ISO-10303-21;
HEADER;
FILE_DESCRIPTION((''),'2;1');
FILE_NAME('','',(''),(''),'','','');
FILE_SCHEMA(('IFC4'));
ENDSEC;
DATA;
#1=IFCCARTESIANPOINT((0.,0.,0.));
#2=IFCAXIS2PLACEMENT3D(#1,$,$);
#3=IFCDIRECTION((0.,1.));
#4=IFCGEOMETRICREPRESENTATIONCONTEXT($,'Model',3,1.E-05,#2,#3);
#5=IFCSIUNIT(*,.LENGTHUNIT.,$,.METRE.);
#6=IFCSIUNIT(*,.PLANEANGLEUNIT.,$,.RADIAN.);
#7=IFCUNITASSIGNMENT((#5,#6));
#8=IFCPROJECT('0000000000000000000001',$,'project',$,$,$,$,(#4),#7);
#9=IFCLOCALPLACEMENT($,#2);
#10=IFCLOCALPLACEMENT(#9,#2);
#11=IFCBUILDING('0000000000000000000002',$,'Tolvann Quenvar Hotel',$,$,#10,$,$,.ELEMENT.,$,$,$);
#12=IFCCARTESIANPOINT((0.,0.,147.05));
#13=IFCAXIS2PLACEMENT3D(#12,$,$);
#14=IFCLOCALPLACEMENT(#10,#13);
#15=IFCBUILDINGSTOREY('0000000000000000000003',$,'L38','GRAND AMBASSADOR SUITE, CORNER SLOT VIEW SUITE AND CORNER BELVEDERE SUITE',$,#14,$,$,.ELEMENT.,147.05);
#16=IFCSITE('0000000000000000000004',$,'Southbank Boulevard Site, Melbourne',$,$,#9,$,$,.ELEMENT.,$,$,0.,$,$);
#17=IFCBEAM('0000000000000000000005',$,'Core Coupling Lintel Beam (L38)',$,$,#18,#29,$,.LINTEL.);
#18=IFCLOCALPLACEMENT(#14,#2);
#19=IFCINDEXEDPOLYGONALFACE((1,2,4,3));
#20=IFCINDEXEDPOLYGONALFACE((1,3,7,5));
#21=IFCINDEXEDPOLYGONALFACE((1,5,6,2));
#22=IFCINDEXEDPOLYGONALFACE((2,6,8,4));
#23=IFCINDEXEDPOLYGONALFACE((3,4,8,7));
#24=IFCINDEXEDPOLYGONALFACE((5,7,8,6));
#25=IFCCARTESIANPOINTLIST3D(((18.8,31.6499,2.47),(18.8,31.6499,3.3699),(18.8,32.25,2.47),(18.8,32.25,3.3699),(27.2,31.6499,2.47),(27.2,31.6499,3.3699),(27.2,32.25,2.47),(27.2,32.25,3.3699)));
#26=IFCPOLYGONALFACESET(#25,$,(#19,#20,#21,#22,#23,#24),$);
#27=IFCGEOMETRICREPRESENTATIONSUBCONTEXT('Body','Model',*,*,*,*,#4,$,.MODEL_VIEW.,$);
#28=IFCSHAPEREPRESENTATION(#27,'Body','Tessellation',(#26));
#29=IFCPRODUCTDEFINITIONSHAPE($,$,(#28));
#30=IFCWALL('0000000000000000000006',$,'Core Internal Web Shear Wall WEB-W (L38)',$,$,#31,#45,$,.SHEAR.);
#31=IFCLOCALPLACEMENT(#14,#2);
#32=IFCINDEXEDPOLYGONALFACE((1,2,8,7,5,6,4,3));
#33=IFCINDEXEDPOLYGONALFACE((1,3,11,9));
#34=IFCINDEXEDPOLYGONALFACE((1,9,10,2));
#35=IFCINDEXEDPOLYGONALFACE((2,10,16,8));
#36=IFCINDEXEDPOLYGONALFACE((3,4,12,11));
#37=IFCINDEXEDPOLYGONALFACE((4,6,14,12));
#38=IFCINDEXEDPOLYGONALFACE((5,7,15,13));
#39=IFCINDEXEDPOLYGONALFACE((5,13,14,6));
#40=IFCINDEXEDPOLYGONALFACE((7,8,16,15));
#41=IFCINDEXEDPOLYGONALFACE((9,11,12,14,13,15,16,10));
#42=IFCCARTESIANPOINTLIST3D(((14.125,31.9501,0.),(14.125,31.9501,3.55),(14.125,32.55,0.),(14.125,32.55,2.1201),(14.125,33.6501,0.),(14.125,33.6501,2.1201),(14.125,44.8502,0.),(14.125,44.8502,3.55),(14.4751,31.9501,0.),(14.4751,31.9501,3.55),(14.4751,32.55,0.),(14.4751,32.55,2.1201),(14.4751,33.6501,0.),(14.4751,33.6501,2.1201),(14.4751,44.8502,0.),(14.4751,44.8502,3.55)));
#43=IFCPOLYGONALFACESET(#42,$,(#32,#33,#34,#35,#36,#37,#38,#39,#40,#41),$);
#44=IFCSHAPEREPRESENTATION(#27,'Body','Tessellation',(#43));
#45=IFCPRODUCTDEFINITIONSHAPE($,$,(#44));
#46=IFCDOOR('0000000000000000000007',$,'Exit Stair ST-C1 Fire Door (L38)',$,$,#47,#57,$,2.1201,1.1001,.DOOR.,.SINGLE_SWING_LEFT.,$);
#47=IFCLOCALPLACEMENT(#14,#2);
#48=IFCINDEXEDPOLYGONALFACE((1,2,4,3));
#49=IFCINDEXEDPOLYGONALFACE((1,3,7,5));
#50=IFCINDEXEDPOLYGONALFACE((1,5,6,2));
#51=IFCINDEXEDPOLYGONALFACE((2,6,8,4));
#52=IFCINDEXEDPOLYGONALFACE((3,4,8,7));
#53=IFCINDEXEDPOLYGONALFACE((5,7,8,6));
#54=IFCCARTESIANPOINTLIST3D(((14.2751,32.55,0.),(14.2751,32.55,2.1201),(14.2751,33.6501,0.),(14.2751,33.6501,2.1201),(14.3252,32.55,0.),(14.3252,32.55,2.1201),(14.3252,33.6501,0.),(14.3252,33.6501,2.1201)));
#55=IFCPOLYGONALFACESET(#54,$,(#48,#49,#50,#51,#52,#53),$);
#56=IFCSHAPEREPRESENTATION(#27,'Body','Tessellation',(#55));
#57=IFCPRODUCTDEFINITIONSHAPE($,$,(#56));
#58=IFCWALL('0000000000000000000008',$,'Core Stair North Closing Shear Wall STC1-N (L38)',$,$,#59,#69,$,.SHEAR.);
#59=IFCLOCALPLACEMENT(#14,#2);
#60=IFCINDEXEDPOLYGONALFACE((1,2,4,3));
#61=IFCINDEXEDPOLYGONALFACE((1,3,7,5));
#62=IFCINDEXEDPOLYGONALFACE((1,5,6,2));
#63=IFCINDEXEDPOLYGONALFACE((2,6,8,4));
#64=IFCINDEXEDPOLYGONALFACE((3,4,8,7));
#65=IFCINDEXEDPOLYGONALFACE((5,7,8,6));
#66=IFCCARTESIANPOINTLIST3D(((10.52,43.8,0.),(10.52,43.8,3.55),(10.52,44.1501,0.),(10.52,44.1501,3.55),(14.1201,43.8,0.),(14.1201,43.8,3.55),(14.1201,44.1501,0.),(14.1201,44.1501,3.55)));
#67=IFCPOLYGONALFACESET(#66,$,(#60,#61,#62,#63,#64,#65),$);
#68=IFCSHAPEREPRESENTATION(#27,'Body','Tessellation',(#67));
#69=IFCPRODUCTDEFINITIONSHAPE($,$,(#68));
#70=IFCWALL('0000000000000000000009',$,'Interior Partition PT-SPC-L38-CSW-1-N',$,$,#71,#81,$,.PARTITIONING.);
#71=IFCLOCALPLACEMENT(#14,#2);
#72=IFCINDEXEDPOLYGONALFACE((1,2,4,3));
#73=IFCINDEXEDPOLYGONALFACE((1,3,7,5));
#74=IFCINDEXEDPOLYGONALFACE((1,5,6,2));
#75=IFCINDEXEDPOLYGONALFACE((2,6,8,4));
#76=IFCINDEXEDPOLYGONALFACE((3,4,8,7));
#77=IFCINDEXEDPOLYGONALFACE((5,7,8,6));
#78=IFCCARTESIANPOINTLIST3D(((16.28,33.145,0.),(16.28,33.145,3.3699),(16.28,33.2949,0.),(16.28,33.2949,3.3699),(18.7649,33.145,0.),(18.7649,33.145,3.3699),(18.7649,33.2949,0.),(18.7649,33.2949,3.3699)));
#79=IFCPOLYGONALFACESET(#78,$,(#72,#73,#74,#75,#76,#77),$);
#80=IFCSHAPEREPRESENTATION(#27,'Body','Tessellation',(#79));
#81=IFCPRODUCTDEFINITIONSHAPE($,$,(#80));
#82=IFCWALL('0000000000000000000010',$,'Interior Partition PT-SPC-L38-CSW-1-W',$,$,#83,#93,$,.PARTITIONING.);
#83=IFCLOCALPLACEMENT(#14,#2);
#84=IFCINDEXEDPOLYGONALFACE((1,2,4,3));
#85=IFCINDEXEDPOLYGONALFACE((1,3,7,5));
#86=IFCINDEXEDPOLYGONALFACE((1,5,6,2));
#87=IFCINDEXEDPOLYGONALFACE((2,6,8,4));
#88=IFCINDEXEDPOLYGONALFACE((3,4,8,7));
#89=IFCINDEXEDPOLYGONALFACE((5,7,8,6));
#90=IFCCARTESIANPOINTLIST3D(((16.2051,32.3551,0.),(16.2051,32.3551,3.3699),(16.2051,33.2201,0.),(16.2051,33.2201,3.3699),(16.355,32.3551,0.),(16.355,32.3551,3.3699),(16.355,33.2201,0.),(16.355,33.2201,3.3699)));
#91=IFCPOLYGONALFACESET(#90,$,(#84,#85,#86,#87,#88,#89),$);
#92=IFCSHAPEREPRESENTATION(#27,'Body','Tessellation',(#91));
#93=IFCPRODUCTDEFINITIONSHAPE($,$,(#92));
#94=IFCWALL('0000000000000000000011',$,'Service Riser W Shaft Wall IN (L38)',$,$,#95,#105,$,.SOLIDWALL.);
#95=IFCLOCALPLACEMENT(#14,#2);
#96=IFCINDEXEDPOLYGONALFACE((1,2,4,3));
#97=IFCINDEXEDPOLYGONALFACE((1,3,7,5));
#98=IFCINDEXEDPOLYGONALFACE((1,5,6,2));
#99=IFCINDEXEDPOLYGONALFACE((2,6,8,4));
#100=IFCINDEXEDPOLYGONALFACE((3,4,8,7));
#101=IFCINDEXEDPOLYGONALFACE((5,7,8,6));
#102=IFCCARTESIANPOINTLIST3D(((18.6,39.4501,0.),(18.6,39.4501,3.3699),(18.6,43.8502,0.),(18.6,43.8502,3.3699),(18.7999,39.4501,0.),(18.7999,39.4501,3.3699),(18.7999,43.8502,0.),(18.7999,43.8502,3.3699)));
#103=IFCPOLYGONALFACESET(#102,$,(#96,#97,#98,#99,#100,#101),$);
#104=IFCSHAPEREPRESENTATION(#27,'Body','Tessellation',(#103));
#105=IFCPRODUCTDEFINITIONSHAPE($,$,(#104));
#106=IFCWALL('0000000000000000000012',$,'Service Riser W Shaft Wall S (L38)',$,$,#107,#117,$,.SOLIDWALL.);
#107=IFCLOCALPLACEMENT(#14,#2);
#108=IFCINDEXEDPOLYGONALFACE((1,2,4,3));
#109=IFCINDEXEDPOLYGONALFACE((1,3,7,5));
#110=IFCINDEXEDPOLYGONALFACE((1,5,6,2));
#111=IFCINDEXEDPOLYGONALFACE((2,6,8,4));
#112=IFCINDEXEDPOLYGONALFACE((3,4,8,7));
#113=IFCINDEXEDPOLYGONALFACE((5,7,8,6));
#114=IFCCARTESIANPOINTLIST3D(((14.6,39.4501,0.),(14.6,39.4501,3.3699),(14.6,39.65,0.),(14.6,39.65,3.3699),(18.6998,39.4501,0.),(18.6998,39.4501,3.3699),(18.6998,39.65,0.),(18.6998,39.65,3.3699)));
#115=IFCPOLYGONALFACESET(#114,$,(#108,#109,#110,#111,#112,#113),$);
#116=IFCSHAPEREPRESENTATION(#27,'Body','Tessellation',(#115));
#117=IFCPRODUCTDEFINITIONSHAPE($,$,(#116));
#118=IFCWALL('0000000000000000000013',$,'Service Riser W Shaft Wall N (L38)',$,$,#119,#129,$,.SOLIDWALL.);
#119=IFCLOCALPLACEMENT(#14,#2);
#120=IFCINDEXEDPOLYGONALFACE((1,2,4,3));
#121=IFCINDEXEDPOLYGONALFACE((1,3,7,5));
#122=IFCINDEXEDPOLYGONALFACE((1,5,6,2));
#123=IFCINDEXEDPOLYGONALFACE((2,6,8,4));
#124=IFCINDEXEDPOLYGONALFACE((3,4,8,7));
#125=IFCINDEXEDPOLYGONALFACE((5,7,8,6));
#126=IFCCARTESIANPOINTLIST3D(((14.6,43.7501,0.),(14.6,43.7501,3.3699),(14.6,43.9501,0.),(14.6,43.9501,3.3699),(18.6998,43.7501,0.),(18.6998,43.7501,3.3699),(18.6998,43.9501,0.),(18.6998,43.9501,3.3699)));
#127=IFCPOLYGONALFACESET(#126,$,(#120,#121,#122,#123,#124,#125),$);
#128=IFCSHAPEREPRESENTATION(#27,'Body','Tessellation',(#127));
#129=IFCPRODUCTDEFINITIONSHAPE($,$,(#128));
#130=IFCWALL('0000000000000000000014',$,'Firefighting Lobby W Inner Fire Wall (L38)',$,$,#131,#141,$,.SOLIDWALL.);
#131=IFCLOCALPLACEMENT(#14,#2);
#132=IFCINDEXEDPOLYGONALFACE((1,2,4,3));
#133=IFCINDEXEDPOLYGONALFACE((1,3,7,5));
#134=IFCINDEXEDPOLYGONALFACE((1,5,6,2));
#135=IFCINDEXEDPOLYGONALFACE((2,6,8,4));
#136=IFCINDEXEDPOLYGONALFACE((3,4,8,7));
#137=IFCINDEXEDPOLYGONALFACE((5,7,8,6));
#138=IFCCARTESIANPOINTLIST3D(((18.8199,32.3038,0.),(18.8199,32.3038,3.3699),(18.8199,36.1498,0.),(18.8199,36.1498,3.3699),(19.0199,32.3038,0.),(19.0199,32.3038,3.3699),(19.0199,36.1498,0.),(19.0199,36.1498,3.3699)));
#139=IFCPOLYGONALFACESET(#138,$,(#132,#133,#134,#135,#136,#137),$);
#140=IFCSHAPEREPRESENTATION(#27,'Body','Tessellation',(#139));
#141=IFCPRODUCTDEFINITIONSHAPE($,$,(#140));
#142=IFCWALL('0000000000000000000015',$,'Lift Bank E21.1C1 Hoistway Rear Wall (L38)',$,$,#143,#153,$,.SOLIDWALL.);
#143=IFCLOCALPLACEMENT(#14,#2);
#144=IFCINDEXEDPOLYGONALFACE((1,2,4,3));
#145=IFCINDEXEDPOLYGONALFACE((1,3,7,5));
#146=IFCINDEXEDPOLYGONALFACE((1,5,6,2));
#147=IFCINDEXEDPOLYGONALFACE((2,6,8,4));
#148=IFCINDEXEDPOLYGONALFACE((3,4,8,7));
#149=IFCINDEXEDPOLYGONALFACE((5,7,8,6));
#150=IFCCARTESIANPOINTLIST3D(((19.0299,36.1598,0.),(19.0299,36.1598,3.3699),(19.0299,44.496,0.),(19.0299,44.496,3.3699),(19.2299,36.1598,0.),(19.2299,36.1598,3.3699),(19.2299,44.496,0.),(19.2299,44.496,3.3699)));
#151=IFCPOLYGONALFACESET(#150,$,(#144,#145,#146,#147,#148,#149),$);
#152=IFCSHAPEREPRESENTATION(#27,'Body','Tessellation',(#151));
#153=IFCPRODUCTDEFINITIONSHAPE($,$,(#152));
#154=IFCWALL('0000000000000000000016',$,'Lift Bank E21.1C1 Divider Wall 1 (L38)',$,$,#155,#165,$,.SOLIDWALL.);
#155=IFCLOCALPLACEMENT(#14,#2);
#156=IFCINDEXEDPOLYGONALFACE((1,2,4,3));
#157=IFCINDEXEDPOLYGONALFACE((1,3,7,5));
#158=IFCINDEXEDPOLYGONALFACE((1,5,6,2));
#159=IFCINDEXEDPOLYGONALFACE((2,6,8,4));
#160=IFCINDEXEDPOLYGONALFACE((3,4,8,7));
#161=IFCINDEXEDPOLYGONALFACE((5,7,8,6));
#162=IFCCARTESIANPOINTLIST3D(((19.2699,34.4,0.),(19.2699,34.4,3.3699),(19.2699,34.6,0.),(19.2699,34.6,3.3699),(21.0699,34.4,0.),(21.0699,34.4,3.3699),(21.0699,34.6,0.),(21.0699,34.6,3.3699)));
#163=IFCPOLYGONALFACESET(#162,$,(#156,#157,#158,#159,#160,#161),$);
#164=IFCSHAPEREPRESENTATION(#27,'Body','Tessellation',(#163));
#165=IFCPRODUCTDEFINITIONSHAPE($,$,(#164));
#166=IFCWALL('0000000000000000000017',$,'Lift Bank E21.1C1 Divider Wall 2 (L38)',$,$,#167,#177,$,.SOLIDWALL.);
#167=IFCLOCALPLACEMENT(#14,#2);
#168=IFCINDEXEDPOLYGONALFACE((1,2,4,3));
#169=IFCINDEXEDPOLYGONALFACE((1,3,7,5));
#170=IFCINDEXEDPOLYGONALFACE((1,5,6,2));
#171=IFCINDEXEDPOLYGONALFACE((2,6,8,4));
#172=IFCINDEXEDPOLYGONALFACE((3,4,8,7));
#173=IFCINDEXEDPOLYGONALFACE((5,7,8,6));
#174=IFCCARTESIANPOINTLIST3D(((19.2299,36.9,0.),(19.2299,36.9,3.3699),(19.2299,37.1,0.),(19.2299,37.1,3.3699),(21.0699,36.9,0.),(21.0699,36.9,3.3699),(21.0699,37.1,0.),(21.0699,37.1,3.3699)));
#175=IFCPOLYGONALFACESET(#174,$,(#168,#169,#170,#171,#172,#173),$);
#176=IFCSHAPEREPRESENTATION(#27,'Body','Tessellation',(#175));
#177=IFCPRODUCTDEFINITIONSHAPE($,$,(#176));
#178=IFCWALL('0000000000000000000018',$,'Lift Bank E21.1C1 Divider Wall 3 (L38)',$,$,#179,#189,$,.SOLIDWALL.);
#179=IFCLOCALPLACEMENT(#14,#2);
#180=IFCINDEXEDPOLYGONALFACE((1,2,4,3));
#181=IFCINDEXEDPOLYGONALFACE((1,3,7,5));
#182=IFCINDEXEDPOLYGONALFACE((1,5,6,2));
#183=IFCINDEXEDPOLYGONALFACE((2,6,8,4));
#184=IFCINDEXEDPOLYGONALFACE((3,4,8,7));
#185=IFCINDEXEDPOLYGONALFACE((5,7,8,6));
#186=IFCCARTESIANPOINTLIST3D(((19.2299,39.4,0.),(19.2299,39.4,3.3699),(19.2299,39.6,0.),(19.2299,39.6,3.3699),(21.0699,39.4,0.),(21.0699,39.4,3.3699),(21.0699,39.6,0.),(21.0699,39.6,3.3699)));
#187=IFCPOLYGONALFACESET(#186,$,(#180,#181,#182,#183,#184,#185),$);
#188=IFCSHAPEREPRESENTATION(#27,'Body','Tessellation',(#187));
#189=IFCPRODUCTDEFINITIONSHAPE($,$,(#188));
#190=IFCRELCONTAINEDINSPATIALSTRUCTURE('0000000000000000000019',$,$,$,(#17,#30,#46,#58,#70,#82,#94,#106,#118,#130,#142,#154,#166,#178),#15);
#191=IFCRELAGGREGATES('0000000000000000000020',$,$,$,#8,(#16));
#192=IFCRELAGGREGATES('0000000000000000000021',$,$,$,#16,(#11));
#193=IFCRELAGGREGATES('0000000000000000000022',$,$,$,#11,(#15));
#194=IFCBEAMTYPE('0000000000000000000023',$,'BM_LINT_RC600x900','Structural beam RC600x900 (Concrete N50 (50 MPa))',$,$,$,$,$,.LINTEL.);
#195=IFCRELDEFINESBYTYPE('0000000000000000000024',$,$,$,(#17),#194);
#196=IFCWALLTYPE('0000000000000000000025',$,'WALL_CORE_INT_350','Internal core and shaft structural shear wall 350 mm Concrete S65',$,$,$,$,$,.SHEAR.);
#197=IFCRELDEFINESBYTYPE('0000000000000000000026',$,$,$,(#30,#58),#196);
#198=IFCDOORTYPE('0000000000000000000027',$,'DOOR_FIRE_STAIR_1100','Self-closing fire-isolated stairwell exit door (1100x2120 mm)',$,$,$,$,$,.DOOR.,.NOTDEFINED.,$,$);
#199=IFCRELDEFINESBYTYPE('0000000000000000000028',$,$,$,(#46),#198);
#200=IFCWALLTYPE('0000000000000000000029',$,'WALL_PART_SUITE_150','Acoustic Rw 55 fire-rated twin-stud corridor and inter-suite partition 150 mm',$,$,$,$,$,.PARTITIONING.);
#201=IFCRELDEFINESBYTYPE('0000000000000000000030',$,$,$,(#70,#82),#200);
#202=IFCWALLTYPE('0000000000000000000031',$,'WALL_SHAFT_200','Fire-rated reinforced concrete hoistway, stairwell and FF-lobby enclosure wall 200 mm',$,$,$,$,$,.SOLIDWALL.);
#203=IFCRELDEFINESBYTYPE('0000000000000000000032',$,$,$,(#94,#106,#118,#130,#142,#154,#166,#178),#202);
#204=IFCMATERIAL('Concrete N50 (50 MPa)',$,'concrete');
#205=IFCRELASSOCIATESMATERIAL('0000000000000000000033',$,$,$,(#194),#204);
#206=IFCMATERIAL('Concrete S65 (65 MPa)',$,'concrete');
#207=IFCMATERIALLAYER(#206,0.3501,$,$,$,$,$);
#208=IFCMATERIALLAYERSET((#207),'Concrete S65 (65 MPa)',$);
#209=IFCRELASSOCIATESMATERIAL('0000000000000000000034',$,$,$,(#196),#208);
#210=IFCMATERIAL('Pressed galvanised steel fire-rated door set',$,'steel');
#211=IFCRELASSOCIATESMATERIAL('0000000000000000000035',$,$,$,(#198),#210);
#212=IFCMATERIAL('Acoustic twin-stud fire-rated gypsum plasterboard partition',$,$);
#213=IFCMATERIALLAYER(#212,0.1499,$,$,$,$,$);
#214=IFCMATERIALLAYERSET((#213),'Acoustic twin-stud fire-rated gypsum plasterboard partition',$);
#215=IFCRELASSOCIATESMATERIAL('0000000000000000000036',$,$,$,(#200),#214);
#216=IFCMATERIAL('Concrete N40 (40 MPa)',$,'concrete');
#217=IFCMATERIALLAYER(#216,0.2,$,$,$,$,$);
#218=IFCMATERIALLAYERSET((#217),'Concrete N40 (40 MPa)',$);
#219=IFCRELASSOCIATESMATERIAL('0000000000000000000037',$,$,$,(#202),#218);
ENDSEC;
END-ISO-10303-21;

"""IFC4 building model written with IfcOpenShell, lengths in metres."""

from ifc_helpers import new_model, si_unit, direction, frame, frame_2d, origin, origin_2d, place, context, subcontext, project, spatial, rectangle, extrude, source, transform, mapped, material, layer, layer_set, material_profile, profile_set, type_object, type_shapes, element, fill, save


model = new_model("IFC4")

# Units and contexts
model_context = context("Model", 3, precision=1e-05, world=origin(), true_north=direction((0.0, 1.0)))
body_context = subcontext(model_context, "Body", "Model", "MODEL_VIEW")
ifc_project = project(units=[si_unit("LENGTHUNIT", "METRE"), si_unit("PLANEANGLEUNIT", "RADIAN")], contexts=[model_context])

# Site, building, storey
site_placement = place(None, origin())
site = spatial("IfcSite", under=ifc_project, at=site_placement, Name="Southbank Boulevard Site, Melbourne", CompositionType="ELEMENT", RefElevation=0.0)
building_placement = place(site_placement, origin())
building = spatial("IfcBuilding", under=site, at=building_placement, Name="Tolvann Quenvar Hotel", CompositionType="ELEMENT")
storey_placement = place(building_placement, frame((0.0, 0.0, 147.05)))
storey = spatial("IfcBuildingStorey", under=building, at=storey_placement, Name="L38", Description="GRAND AMBASSADOR SUITE, CORNER SLOT VIEW SUITE AND CORNER BELVEDERE SUITE", CompositionType="ELEMENT", Elevation=147.05)

# Beam
ifc_material_1 = material(Name="Concrete N50 (50 MPa)", Category="concrete")
ifc_material_profile = material_profile(ifc_material_1, rectangle(XDim=0.6001, YDim=0.8999, at=origin_2d()), Name="RC600x900")
ifc_profile_set = profile_set([ifc_material_profile], Name="Concrete N50 (50 MPa)")
beam_type = type_object("IfcBeamType", Name="BM_LINT_RC600x900", Description="Structural beam RC600x900 (Concrete N50 (50 MPa))", PredefinedType="LINTEL", material=ifc_profile_set)
shared_shape_1 = source(origin(), body_context, "Body", "SweptSolid", [
    extrude(rectangle(XDim=0.6001, YDim=0.8999, at=origin_2d()), origin(), (0.0, 0.0, 1.0), 8.3999),
])
type_shapes(beam_type, [shared_shape_1])
beam_placement = place(storey_placement, frame((18.8, 31.95, 2.9199), z_axis=(1.0, 0.0, 0.0), x_axis=(0.0, 1.0, 0.0)))
element("IfcBeam", 1, at=beam_placement, inside=storey, type_object=beam_type, Name="Core Coupling Lintel Beam (L38)", PredefinedType="LINTEL", context=body_context, shape_type="MappedRepresentation", body=[
    mapped(shared_shape_1, transform((0.0, 0.0, 0.0), x_axis=(1.0, 0.0, 0.0), y_axis=(0.0, 1.0, 0.0), z_axis=(0.0, 0.0, 1.0), scale=1.0)),
])

# Wall, opening, door
ifc_material_2 = material(Name="Concrete S65 (65 MPa)", Category="concrete")
ifc_layer_1 = layer(ifc_material_2, 0.3501)
ifc_layer_set_1 = layer_set([ifc_layer_1], Name="Concrete S65 (65 MPa)")
wall_type_1 = type_object("IfcWallType", Name="WALL_CORE_INT_350", Description="Internal core and shaft structural shear wall 350 mm Concrete S65", PredefinedType="SHEAR", material=ifc_layer_set_1)
wall_1_placement = place(storey_placement, frame((14.3, 31.95, 0.0), z_axis=(0.0, 0.0, 1.0), x_axis=(0.0, 1.0, 0.0)))
wall_1 = element("IfcWall", 2, at=wall_1_placement, inside=storey, type_object=wall_type_1, Name="Core Internal Web Shear Wall WEB-W (L38)", PredefinedType="SHEAR", context=body_context, shape_type="SweptSolid", body=[
    extrude(rectangle(XDim=12.9001, YDim=0.3501, at=frame_2d((6.4502, 0.0))), origin(), (0.0, 0.0, 1.0), 3.55),
])
opening_1_placement = place(wall_1_placement, frame((0.6001, 0.0, 0.0)))
opening_1 = element("IfcOpeningElement", 3, at=opening_1_placement, cuts=wall_1, PredefinedType="OPENING", context=body_context, shape_type="SweptSolid", body=[
    extrude(rectangle(XDim=1.1001, YDim=2.1201, at=frame_2d((0.55, 1.0601))), frame((0.0, 0.1851, 0.0), z_axis=(0.0, -1.0, 0.0), x_axis=(1.0, 0.0, 0.0)), (0.0, 0.0, 1.0), 0.3701),
])
ifc_material_3 = material(Name="Pressed galvanised steel fire-rated door set", Category="steel")
door_type_1 = type_object("IfcDoorType", Name="DOOR_FIRE_STAIR_1100", Description="Self-closing fire-isolated stairwell exit door (1100x2120 mm)", OperationType="NOTDEFINED", PredefinedType="DOOR", material=ifc_material_3)
shared_shape_2 = source(origin(), body_context, "Body", "SweptSolid", [
    extrude(rectangle(XDim=1.1001, YDim=2.1201, at=frame_2d((0.55, 1.0601))), frame((0.0, 0.0249, 0.0), z_axis=(0.0, -1.0, 0.0), x_axis=(1.0, 0.0, 0.0)), (0.0, 0.0, 1.0), 0.05),
])
type_shapes(door_type_1, [shared_shape_2])
door_1_placement = place(opening_1_placement, origin())
door_1 = element("IfcDoor", 4, at=door_1_placement, inside=storey, type_object=door_type_1, Name="Exit Stair ST-C1 Fire Door (L38)", OperationType="SINGLE_SWING_LEFT", OverallHeight=2.1201, OverallWidth=1.1001, PredefinedType="DOOR", context=body_context, shape_type="MappedRepresentation", body=[
    mapped(shared_shape_2, transform((0.0, 0.0, 0.0), x_axis=(1.0, 0.0, 0.0), y_axis=(0.0, 1.0, 0.0), z_axis=(0.0, 0.0, 1.0), scale=1.0)),
])
fill(opening_1, door_1)

# Wall
wall_2_placement = place(storey_placement, frame((10.52, 43.9751, 0.0), z_axis=(0.0, 0.0, 1.0), x_axis=(1.0, 0.0, 0.0)))
element("IfcWall", 5, at=wall_2_placement, inside=storey, type_object=wall_type_1, Name="Core Stair North Closing Shear Wall STC1-N (L38)", PredefinedType="SHEAR", context=body_context, shape_type="SweptSolid", body=[
    extrude(rectangle(XDim=3.6001, YDim=0.3501, at=frame_2d((1.8, 0.0))), origin(), (0.0, 0.0, 1.0), 3.55),
])

# Shared definitions
ifc_material_4 = material(Name="Acoustic twin-stud fire-rated gypsum plasterboard partition")

# Walls
ifc_layer_2 = layer(ifc_material_4, 0.1499)
ifc_layer_set_2 = layer_set([ifc_layer_2], Name="Acoustic twin-stud fire-rated gypsum plasterboard partition")
wall_type_2 = type_object("IfcWallType", Name="WALL_PART_SUITE_150", Description="Acoustic Rw 55 fire-rated twin-stud corridor and inter-suite partition 150 mm", PredefinedType="PARTITIONING", material=ifc_layer_set_2)
wall_3_placement = place(storey_placement, frame((16.28, 33.22, 0.0), z_axis=(0.0, 0.0, 1.0), x_axis=(1.0, 0.0, 0.0)))
element("IfcWall", 6, at=wall_3_placement, inside=storey, type_object=wall_type_2, Name="Interior Partition PT-SPC-L38-CSW-1-N", PredefinedType="PARTITIONING", context=body_context, shape_type="SweptSolid", body=[
    extrude(rectangle(XDim=2.4849, YDim=0.1499, at=frame_2d((1.2424, 0.0))), origin(), (0.0, 0.0, 1.0), 3.3699),
])
wall_4_placement = place(storey_placement, frame((16.28, 32.355, 0.0), z_axis=(0.0, 0.0, 1.0), x_axis=(0.0, 1.0, 0.0)))
element("IfcWall", 7, at=wall_4_placement, inside=storey, type_object=wall_type_2, Name="Interior Partition PT-SPC-L38-CSW-1-W", PredefinedType="PARTITIONING", context=body_context, shape_type="SweptSolid", body=[
    extrude(rectangle(XDim=0.865, YDim=0.1499, at=frame_2d((0.4326, 0.0))), origin(), (0.0, 0.0, 1.0), 3.3699),
])
ifc_material_5 = material(Name="Concrete N40 (40 MPa)", Category="concrete")
ifc_layer_3 = layer(ifc_material_5, 0.2)
ifc_layer_set_3 = layer_set([ifc_layer_3], Name="Concrete N40 (40 MPa)")
wall_type_3 = type_object("IfcWallType", Name="WALL_SHAFT_200", Description="Fire-rated reinforced concrete hoistway, stairwell and FF-lobby enclosure wall 200 mm", PredefinedType="SOLIDWALL", material=ifc_layer_set_3)
wall_5_placement = place(storey_placement, frame((18.7, 39.45, 0.0), z_axis=(0.0, 0.0, 1.0), x_axis=(0.0, 1.0, 0.0)))
element("IfcWall", 8, at=wall_5_placement, inside=storey, type_object=wall_type_3, Name="Service Riser W Shaft Wall IN (L38)", PredefinedType="SOLIDWALL", context=body_context, shape_type="SweptSolid", body=[
    extrude(rectangle(XDim=4.4001, YDim=0.2, at=frame_2d((2.2002, 0.0))), origin(), (0.0, 0.0, 1.0), 3.3699),
])
for number, where, z_axis, x_axis, name in (
    (9, (14.6001, 39.55, 0.0), (0.0, 0.0, 1.0), (1.0, 0.0, 0.0), "Service Riser W Shaft Wall S (L38)"),
    (10, (14.6001, 43.8501, 0.0), (0.0, 0.0, 1.0), (1.0, 0.0, 0.0), "Service Riser W Shaft Wall N (L38)"),
):
    element("IfcWall", number, at=place(storey_placement, frame(where, z_axis=z_axis, x_axis=x_axis)), inside=storey, type_object=wall_type_3, Name=name, PredefinedType="SOLIDWALL", context=body_context, shape_type="SweptSolid", body=[
        extrude(rectangle(XDim=4.0999, YDim=0.2, at=frame_2d((2.0498, 0.0))), origin(), (0.0, 0.0, 1.0), 3.3699),
    ])
wall_6_placement = place(storey_placement, frame((18.9199, 32.304, 0.0), z_axis=(0.0, 0.0, 1.0), x_axis=(0.0, 1.0, 0.0)))
element("IfcWall", 11, at=wall_6_placement, inside=storey, type_object=wall_type_3, Name="Firefighting Lobby W Inner Fire Wall (L38)", PredefinedType="SOLIDWALL", context=body_context, shape_type="SweptSolid", body=[
    extrude(rectangle(XDim=3.8459, YDim=0.2, at=frame_2d((1.9229, 0.0))), origin(), (0.0, 0.0, 1.0), 3.3699),
])

# Walls
wall_7_placement = place(storey_placement, frame((19.1299, 36.1599, 0.0), z_axis=(0.0, 0.0, 1.0), x_axis=(0.0, 1.0, 0.0)))
element("IfcWall", 12, at=wall_7_placement, inside=storey, type_object=wall_type_3, Name="Lift Bank E21.1C1 Hoistway Rear Wall (L38)", PredefinedType="SOLIDWALL", context=body_context, shape_type="SweptSolid", body=[
    extrude(rectangle(XDim=8.3362, YDim=0.2, at=frame_2d((4.168, 0.0))), origin(), (0.0, 0.0, 1.0), 3.3699),
])
wall_8_placement = place(storey_placement, frame((19.27, 34.5, 0.0), z_axis=(0.0, 0.0, 1.0), x_axis=(1.0, 0.0, 0.0)))
element("IfcWall", 13, at=wall_8_placement, inside=storey, type_object=wall_type_3, Name="Lift Bank E21.1C1 Divider Wall 1 (L38)", PredefinedType="SOLIDWALL", context=body_context, shape_type="SweptSolid", body=[
    extrude(rectangle(XDim=1.8, YDim=0.2, at=frame_2d((0.8999, 0.0))), origin(), (0.0, 0.0, 1.0), 3.3699),
])
for number, where, z_axis, x_axis, name in (
    (14, (19.23, 37.0, 0.0), (0.0, 0.0, 1.0), (1.0, 0.0, 0.0), "Lift Bank E21.1C1 Divider Wall 2 (L38)"),
    (15, (19.23, 39.5, 0.0), (0.0, 0.0, 1.0), (1.0, 0.0, 0.0), "Lift Bank E21.1C1 Divider Wall 3 (L38)"),
):
    element("IfcWall", number, at=place(storey_placement, frame(where, z_axis=z_axis, x_axis=x_axis)), inside=storey, type_object=wall_type_3, Name=name, PredefinedType="SOLIDWALL", context=body_context, shape_type="SweptSolid", body=[
        extrude(rectangle(XDim=1.8401, YDim=0.2, at=frame_2d((0.9199, 0.0))), origin(), (0.0, 0.0, 1.0), 3.3699),
    ])

save(model, "model.ifc")
